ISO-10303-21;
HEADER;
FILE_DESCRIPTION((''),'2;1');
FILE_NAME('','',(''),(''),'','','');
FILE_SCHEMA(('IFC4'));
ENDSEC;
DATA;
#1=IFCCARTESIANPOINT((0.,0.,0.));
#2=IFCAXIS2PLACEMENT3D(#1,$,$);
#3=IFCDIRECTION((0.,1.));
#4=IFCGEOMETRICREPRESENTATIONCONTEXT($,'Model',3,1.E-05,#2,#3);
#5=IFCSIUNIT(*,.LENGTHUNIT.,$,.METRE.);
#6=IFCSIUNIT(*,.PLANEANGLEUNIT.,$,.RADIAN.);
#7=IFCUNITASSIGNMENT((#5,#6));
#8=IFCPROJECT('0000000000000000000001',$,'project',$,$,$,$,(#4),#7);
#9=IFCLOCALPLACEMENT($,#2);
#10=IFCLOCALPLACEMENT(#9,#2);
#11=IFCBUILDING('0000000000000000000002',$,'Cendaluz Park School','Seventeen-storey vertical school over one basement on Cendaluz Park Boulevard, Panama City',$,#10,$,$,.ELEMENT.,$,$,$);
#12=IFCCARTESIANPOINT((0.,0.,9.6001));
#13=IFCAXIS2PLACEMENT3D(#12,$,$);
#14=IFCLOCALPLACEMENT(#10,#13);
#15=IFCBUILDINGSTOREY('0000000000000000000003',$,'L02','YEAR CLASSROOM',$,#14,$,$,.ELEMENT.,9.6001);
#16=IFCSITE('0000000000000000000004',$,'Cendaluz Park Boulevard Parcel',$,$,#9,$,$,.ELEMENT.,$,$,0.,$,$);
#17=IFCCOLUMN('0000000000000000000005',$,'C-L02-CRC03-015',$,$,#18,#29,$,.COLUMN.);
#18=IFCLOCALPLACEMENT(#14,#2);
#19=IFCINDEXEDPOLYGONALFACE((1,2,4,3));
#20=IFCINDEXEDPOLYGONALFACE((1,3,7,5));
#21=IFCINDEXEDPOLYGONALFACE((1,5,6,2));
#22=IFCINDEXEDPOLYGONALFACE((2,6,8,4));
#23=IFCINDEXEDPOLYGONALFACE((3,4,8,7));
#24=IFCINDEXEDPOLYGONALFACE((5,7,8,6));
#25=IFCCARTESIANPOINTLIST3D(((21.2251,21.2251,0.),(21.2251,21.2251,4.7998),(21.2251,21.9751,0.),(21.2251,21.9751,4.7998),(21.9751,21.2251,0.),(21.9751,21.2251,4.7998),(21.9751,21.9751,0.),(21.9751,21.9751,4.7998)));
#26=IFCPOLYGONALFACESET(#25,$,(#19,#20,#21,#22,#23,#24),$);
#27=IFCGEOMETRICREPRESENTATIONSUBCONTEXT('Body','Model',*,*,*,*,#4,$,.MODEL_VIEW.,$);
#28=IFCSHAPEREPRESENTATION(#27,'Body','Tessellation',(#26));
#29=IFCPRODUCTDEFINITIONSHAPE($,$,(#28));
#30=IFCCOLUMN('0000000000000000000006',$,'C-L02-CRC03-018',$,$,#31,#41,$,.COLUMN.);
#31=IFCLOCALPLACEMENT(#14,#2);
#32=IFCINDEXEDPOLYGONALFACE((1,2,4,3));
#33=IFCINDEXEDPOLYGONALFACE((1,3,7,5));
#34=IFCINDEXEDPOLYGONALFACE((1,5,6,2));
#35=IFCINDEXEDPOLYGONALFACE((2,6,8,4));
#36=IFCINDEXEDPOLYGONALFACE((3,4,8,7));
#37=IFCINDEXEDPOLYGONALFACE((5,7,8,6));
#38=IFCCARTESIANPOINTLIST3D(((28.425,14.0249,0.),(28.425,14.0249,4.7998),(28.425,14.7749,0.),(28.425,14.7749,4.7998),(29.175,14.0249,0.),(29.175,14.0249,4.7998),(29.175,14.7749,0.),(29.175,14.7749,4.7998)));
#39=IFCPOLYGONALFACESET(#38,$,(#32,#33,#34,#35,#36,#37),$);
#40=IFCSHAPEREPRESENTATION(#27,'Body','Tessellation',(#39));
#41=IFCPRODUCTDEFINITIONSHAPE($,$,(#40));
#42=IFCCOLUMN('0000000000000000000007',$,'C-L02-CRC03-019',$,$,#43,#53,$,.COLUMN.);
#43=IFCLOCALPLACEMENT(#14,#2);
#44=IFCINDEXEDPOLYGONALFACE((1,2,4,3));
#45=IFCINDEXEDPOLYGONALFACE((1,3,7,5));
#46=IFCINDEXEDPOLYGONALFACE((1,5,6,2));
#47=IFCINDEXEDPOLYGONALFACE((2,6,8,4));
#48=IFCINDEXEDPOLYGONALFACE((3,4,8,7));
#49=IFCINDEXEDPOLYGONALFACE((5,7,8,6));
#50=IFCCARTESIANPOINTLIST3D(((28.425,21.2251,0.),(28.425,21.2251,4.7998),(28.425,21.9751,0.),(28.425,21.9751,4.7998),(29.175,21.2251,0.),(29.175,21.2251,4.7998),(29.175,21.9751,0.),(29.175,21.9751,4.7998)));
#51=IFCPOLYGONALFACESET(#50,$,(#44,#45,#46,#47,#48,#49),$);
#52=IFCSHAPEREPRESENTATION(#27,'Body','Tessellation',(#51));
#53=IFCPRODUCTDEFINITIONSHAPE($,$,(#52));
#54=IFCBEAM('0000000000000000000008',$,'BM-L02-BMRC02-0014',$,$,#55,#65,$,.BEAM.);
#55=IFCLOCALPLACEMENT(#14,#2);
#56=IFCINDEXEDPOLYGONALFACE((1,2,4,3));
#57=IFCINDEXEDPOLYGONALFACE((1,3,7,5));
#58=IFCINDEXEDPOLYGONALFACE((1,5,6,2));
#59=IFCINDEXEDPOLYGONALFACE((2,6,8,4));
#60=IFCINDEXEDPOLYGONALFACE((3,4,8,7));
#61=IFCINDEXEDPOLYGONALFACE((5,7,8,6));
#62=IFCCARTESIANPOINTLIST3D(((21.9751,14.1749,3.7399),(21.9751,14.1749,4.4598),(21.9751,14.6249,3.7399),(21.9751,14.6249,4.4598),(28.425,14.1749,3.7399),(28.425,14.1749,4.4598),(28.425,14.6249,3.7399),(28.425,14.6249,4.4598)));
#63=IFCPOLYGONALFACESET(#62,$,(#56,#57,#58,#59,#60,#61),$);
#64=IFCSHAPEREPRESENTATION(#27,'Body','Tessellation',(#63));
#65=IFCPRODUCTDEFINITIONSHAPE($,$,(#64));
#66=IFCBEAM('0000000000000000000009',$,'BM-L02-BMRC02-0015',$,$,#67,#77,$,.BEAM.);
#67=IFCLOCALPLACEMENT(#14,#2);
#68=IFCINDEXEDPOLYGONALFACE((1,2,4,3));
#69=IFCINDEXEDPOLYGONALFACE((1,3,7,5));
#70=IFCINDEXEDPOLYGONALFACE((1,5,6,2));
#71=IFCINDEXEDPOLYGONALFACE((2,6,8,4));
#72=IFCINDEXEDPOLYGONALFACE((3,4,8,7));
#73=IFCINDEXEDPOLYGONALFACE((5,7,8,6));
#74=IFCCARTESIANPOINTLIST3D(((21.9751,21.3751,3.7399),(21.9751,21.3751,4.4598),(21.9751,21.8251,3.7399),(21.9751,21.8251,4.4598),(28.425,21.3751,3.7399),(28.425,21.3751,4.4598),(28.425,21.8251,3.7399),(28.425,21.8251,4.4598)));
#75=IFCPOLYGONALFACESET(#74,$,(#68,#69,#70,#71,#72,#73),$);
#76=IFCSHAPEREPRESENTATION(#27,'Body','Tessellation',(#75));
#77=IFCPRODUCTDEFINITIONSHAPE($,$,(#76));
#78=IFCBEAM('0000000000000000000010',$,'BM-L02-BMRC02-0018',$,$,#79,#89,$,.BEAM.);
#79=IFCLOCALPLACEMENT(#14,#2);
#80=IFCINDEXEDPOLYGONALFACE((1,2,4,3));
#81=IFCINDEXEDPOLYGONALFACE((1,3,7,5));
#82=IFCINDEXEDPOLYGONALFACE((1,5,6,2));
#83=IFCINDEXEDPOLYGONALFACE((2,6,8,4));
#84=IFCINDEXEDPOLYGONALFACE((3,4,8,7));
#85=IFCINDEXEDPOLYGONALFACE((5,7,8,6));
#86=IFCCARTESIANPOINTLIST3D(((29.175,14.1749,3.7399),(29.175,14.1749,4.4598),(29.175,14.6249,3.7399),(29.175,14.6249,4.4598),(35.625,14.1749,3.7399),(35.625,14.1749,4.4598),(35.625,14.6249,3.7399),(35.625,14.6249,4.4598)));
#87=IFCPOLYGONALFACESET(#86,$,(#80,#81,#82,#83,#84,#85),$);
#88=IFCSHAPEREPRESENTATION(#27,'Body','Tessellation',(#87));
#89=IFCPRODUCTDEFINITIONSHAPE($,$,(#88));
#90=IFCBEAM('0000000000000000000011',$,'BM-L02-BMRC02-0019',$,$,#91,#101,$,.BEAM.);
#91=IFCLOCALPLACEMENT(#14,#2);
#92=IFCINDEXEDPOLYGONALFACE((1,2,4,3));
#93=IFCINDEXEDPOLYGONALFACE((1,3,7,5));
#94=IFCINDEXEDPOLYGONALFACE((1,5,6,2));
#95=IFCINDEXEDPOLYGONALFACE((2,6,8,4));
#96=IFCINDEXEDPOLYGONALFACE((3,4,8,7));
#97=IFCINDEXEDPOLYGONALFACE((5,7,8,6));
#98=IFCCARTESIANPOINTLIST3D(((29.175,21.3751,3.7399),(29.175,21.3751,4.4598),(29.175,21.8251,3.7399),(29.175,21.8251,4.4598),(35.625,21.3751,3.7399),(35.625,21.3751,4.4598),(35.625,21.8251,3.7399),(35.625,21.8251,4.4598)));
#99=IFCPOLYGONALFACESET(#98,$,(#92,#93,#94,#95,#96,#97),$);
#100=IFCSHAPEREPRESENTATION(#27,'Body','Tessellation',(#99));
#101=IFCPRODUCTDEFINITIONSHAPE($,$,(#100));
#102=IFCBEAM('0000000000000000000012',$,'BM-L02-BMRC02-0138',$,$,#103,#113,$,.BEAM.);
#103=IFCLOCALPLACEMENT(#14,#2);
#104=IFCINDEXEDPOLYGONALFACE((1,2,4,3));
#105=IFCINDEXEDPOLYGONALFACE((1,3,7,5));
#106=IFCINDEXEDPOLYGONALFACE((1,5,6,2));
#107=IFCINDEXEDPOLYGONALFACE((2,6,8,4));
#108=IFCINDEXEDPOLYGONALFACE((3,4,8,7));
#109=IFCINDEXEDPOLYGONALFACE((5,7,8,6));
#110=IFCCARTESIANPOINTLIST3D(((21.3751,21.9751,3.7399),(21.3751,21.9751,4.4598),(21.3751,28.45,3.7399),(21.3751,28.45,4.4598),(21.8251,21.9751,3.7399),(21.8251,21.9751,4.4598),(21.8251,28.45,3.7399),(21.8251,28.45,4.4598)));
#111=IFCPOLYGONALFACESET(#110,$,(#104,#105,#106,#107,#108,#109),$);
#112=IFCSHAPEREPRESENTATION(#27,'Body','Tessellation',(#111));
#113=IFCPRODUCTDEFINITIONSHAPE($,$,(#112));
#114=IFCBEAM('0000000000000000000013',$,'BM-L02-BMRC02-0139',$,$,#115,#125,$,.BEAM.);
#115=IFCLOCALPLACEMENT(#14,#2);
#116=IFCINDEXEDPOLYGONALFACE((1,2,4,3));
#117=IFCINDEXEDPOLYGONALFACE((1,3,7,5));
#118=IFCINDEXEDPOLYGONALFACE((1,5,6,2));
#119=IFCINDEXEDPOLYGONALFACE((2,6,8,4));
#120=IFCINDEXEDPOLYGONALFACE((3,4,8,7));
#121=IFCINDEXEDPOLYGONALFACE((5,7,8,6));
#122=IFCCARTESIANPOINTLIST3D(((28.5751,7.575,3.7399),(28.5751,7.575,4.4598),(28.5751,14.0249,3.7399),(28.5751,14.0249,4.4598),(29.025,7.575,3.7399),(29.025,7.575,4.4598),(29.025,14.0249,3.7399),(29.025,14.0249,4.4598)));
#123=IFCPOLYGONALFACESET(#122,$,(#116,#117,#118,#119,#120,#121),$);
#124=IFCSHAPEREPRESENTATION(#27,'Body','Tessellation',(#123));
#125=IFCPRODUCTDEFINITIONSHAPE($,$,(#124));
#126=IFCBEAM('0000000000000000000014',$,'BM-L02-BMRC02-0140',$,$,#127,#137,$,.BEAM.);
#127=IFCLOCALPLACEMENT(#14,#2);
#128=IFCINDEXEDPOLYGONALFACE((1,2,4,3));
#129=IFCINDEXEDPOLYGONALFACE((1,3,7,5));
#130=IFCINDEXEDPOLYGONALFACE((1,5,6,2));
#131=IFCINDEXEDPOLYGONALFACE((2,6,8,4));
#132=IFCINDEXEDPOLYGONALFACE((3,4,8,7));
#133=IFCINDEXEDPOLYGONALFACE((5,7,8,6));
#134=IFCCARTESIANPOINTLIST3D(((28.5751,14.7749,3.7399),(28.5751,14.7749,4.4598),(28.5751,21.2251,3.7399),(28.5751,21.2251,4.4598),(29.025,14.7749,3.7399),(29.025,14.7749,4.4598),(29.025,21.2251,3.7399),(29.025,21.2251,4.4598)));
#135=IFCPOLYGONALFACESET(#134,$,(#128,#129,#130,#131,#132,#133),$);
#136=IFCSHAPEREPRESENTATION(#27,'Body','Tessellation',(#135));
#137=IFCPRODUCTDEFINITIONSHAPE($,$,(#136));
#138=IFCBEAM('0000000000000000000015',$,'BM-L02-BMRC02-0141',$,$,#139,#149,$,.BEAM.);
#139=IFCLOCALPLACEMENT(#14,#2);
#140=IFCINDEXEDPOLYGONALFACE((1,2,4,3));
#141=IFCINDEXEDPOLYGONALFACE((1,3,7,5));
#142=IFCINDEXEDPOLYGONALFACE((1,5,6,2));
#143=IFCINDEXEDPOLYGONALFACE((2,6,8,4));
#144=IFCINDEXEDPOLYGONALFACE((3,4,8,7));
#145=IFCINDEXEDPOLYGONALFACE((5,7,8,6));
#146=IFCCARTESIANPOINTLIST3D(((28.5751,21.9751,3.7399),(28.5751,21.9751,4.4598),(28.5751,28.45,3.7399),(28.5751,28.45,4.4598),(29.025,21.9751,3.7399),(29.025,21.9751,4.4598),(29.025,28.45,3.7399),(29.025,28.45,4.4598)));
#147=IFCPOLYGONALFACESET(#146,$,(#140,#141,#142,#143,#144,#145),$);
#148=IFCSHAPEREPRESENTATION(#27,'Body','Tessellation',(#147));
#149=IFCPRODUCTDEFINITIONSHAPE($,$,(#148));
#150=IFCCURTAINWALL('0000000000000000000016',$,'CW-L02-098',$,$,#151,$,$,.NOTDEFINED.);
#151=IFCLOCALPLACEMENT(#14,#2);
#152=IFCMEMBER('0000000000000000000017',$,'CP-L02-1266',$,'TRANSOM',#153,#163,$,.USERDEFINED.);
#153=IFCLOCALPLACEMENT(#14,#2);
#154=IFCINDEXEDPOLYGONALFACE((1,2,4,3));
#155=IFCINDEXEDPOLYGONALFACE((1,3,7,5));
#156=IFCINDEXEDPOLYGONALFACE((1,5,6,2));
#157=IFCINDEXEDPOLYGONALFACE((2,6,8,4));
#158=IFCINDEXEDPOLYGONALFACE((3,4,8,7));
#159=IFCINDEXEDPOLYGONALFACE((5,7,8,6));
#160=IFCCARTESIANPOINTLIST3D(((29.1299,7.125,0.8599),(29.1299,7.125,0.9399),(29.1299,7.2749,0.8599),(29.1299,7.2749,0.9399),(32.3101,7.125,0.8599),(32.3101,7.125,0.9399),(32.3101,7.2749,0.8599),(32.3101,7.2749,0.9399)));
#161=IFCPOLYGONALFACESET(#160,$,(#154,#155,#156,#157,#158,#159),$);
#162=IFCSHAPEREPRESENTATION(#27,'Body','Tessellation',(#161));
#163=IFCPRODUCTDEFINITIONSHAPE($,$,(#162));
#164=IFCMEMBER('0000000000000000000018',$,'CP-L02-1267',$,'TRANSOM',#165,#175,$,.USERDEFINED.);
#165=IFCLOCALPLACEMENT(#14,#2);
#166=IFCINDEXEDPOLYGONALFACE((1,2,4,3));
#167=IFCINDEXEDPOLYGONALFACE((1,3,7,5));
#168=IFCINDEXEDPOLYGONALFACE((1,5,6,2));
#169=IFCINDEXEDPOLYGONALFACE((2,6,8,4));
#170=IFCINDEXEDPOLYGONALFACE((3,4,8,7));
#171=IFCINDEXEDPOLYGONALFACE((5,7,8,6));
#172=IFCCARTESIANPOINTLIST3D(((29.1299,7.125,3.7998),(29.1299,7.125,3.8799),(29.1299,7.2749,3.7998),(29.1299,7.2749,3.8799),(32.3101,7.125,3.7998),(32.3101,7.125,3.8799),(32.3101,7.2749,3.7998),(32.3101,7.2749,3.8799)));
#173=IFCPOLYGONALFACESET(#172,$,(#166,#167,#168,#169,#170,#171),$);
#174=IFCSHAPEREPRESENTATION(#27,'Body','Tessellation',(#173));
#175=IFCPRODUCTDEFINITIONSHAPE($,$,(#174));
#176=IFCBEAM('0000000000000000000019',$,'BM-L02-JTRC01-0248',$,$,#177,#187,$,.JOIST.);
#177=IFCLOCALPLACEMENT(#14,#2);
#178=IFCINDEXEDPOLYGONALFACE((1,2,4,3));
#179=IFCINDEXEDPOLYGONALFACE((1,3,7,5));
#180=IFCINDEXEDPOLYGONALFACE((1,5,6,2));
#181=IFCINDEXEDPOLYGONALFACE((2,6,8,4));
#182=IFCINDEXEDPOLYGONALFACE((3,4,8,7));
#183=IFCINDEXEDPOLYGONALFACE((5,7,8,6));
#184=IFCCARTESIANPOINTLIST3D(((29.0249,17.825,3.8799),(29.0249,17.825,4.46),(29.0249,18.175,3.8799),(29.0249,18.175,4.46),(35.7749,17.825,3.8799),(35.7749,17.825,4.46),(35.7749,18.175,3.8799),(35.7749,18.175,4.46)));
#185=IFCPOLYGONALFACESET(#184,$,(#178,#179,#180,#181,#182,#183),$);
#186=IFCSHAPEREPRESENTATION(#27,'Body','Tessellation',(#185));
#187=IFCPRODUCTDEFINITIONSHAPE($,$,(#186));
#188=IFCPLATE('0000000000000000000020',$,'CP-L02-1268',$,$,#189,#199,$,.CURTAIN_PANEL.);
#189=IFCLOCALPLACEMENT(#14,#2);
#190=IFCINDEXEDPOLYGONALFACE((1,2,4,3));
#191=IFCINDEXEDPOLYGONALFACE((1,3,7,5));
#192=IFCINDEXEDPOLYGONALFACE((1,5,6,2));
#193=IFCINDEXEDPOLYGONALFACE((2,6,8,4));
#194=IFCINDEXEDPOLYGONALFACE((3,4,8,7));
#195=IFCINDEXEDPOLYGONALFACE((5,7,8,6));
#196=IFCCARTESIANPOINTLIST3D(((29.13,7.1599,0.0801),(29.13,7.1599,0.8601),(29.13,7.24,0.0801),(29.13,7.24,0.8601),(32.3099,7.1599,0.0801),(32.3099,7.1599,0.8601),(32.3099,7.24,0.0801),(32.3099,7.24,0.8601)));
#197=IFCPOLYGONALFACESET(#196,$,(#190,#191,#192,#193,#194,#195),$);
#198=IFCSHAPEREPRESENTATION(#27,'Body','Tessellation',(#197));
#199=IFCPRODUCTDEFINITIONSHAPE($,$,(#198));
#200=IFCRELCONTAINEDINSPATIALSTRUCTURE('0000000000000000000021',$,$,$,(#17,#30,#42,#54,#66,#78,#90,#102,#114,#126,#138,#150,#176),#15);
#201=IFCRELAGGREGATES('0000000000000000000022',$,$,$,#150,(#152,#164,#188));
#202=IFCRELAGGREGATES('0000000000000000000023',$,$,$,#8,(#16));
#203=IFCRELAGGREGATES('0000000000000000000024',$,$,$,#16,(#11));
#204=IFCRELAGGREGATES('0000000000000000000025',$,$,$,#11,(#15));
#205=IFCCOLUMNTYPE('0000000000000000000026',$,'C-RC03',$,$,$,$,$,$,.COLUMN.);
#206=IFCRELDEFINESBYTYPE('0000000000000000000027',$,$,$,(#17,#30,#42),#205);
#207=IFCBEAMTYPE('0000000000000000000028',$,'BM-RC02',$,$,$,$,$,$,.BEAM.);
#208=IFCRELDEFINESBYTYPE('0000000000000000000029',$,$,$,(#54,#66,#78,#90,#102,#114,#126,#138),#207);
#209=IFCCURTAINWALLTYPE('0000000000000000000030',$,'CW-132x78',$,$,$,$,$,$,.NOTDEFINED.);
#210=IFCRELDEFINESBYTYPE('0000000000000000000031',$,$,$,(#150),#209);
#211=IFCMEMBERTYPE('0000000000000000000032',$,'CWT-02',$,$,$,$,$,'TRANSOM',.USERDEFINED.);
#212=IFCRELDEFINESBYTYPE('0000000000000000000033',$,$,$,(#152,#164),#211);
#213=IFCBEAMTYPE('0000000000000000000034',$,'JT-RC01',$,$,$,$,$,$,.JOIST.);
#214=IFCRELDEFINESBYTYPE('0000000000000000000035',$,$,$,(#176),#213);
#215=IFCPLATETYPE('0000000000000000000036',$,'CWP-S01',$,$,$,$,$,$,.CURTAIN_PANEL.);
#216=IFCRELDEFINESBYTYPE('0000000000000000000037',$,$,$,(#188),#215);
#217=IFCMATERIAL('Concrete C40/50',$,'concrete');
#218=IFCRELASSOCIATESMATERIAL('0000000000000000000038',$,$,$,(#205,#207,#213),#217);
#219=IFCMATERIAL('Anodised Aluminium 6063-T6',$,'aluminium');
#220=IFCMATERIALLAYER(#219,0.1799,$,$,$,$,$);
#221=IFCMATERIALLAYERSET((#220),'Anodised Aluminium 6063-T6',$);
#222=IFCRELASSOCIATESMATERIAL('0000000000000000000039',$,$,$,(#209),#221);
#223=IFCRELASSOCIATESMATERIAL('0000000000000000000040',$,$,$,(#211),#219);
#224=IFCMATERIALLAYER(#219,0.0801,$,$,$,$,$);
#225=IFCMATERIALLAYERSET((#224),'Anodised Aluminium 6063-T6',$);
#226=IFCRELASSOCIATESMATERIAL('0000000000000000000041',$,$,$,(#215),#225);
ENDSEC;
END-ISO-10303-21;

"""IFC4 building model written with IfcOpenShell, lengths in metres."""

from ifc_helpers import new_model, si_unit, direction, frame, origin, origin_2d, place, context, subcontext, project, spatial, rectangle, extrude, material, layer, layer_set, material_profile, profile_set, type_object, element, aggregate, save


model = new_model("IFC4")

# Units and contexts
model_context = context("Model", 3, precision=1e-05, world=origin(), true_north=direction((0.0, 1.0)))
body_context = subcontext(model_context, "Body", "Model", "MODEL_VIEW")
ifc_project = project(units=[si_unit("LENGTHUNIT", "METRE"), si_unit("PLANEANGLEUNIT", "RADIAN")], contexts=[model_context])

# Site, building, storey
site_placement = place(None, origin())
site = spatial("IfcSite", under=ifc_project, at=site_placement, Name="Cendaluz Park Boulevard Parcel", CompositionType="ELEMENT", RefElevation=0.0)
building_placement = place(site_placement, origin())
building = spatial("IfcBuilding", under=site, at=building_placement, Name="Cendaluz Park School", Description="Seventeen-storey vertical school over one basement on Cendaluz Park Boulevard, Panama City", CompositionType="ELEMENT")
storey_placement = place(building_placement, frame((0.0, 0.0, 9.6001)))
storey = spatial("IfcBuildingStorey", under=building, at=storey_placement, Name="L02", Description="YEAR CLASSROOM", CompositionType="ELEMENT", Elevation=9.6001)

# Columns
ifc_material_1 = material(Name="Concrete C40/50", Category="concrete")
ifc_material_profile_1 = material_profile(ifc_material_1, rectangle(XDim=0.75, YDim=0.75, at=origin_2d()), Name="RC 750x750", Category="concrete")
ifc_profile_set_1 = profile_set([ifc_material_profile_1], Name="Concrete C40/50")
column_type = type_object("IfcColumnType", Name="C-RC03", PredefinedType="COLUMN", material=ifc_profile_set_1)
for number, where, z_axis, x_axis, name in (
    (1, (21.6001, 21.6001, 0.0), (0.0, 0.0, 1.0), (1.0, 0.0, 0.0), "C-L02-CRC03-015"),
    (2, (28.8, 14.3999, 0.0), (0.0, 0.0, 1.0), (1.0, 0.0, 0.0), "C-L02-CRC03-018"),
    (3, (28.8, 21.6001, 0.0), (0.0, 0.0, 1.0), (1.0, 0.0, 0.0), "C-L02-CRC03-019"),
):
    element("IfcColumn", number, at=place(storey_placement, frame(where, z_axis=z_axis, x_axis=x_axis)), inside=storey, type_object=column_type, Name=name, PredefinedType="COLUMN", context=body_context, shape_type="SweptSolid", body=[
        extrude(rectangle(XDim=0.75, YDim=0.75, at=origin_2d()), origin(), (0.0, 0.0, 1.0), 4.7998),
    ])

# Beams
ifc_material_profile_2 = material_profile(ifc_material_1, rectangle(XDim=0.45, YDim=0.72, at=origin_2d()), Name="RC 450x720", Category="concrete")
ifc_profile_set_2 = profile_set([ifc_material_profile_2], Name="Concrete C40/50")
beam_type_1 = type_object("IfcBeamType", Name="BM-RC02", PredefinedType="BEAM", material=ifc_profile_set_2)
for number, where, z_axis, x_axis, name in (
    (4, (21.9751, 14.3999, 4.0999), (1.0, 0.0, 0.0), (0.0, 1.0, 0.0), "BM-L02-BMRC02-0014"),
    (5, (21.9751, 21.6001, 4.0999), (1.0, 0.0, 0.0), (0.0, 1.0, 0.0), "BM-L02-BMRC02-0015"),
    (6, (29.175, 14.3999, 4.0999), (1.0, 0.0, 0.0), (0.0, 1.0, 0.0), "BM-L02-BMRC02-0018"),
    (7, (29.175, 21.6001, 4.0999), (1.0, 0.0, 0.0), (0.0, 1.0, 0.0), "BM-L02-BMRC02-0019"),
):
    element("IfcBeam", number, at=place(storey_placement, frame(where, z_axis=z_axis, x_axis=x_axis)), inside=storey, type_object=beam_type_1, Name=name, PredefinedType="BEAM", context=body_context, shape_type="SweptSolid", body=[
        extrude(rectangle(XDim=0.45, YDim=0.72, at=origin_2d()), origin(), (0.0, 0.0, 1.0), 6.45),
    ])
beam_1_placement = place(storey_placement, frame((21.6001, 21.9751, 4.0999), z_axis=(0.0, 1.0, 0.0), x_axis=(-1.0, 0.0, 0.0)))
element("IfcBeam", 8, at=beam_1_placement, inside=storey, type_object=beam_type_1, Name="BM-L02-BMRC02-0138", PredefinedType="BEAM", context=body_context, shape_type="SweptSolid", body=[
    extrude(rectangle(XDim=0.45, YDim=0.72, at=origin_2d()), origin(), (0.0, 0.0, 1.0), 6.4749),
])
beam_2_placement = place(storey_placement, frame((28.8, 7.575, 4.0999), z_axis=(0.0, 1.0, 0.0), x_axis=(-1.0, 0.0, 0.0)))
element("IfcBeam", 9, at=beam_2_placement, inside=storey, type_object=beam_type_1, Name="BM-L02-BMRC02-0139", PredefinedType="BEAM", context=body_context, shape_type="SweptSolid", body=[
    extrude(rectangle(XDim=0.45, YDim=0.72, at=origin_2d()), origin(), (0.0, 0.0, 1.0), 6.45),
])
beam_3_placement = place(storey_placement, frame((28.8, 14.7749, 4.0999), z_axis=(0.0, 1.0, 0.0), x_axis=(-1.0, 0.0, 0.0)))
element("IfcBeam", 10, at=beam_3_placement, inside=storey, type_object=beam_type_1, Name="BM-L02-BMRC02-0140", PredefinedType="BEAM", context=body_context, shape_type="SweptSolid", body=[
    extrude(rectangle(XDim=0.45, YDim=0.72, at=origin_2d()), origin(), (0.0, 0.0, 1.0), 6.4502),
])
beam_4_placement = place(storey_placement, frame((28.8, 21.9751, 4.0999), z_axis=(0.0, 1.0, 0.0), x_axis=(-1.0, 0.0, 0.0)))
element("IfcBeam", 11, at=beam_4_placement, inside=storey, type_object=beam_type_1, Name="BM-L02-BMRC02-0141", PredefinedType="BEAM", context=body_context, shape_type="SweptSolid", body=[
    extrude(rectangle(XDim=0.45, YDim=0.72, at=origin_2d()), origin(), (0.0, 0.0, 1.0), 6.4749),
])

# Curtain wall, members
ifc_material_2 = material(Name="Anodised Aluminium 6063-T6", Category="aluminium")
ifc_layer_1 = layer(ifc_material_2, 0.1799)
ifc_layer_set_1 = layer_set([ifc_layer_1], Name="Anodised Aluminium 6063-T6")
curtain_wall_type = type_object("IfcCurtainWallType", Name="CW-132x78", PredefinedType="NOTDEFINED", material=ifc_layer_set_1)
curtain_wall_placement = place(storey_placement, origin())
curtain_wall = element("IfcCurtainWall", 12, at=curtain_wall_placement, inside=storey, type_object=curtain_wall_type, Name="CW-L02-098", PredefinedType="NOTDEFINED")
ifc_material_profile_3 = material_profile(ifc_material_2, rectangle(XDim=0.1499, YDim=0.0801, at=origin_2d()), Name="CWT 150x80", Category="aluminium")
ifc_profile_set_3 = profile_set([ifc_material_profile_3], Name="Anodised Aluminium 6063-T6")
member_type = type_object("IfcMemberType", Name="CWT-02", ElementType="TRANSOM", PredefinedType="USERDEFINED", material=ifc_profile_set_3)
member_1_placement = place(storey_placement, frame((29.1299, 7.2, 0.8999), z_axis=(1.0, 0.0, 0.0), x_axis=(0.0, 1.0, 0.0)))
member_1 = element("IfcMember", 13, at=member_1_placement, type_object=member_type, Name="CP-L02-1266", ObjectType="TRANSOM", PredefinedType="USERDEFINED", context=body_context, shape_type="SweptSolid", body=[
    extrude(rectangle(XDim=0.1499, YDim=0.0801, at=origin_2d()), origin(), (0.0, 0.0, 1.0), 3.1802),
])
member_2_placement = place(storey_placement, frame((29.1299, 7.2, 3.8398), z_axis=(1.0, 0.0, 0.0), x_axis=(0.0, 1.0, 0.0)))
member_2 = element("IfcMember", 14, at=member_2_placement, type_object=member_type, Name="CP-L02-1267", ObjectType="TRANSOM", PredefinedType="USERDEFINED", context=body_context, shape_type="SweptSolid", body=[
    extrude(rectangle(XDim=0.1499, YDim=0.0801, at=origin_2d()), origin(), (0.0, 0.0, 1.0), 3.1802),
])

# Beam
ifc_material_profile_4 = material_profile(ifc_material_1, rectangle(XDim=0.3501, YDim=0.5801, at=origin_2d()), Name="RC 350x580", Category="concrete")
ifc_profile_set_4 = profile_set([ifc_material_profile_4], Name="Concrete C40/50")
beam_type_2 = type_object("IfcBeamType", Name="JT-RC01", PredefinedType="JOIST", material=ifc_profile_set_4)
beam_5_placement = place(storey_placement, frame((29.0249, 18.0, 4.1699), z_axis=(1.0, 0.0, 0.0), x_axis=(0.0, 1.0, 0.0)))
element("IfcBeam", 15, at=beam_5_placement, inside=storey, type_object=beam_type_2, Name="BM-L02-JTRC01-0248", PredefinedType="JOIST", context=body_context, shape_type="SweptSolid", body=[
    extrude(rectangle(XDim=0.3501, YDim=0.5801, at=origin_2d()), origin(), (0.0, 0.0, 1.0), 6.75),
])

# Plate
ifc_layer_2 = layer(ifc_material_2, 0.0801)
ifc_layer_set_2 = layer_set([ifc_layer_2], Name="Anodised Aluminium 6063-T6")
plate_type = type_object("IfcPlateType", Name="CWP-S01", PredefinedType="CURTAIN_PANEL", material=ifc_layer_set_2)
plate_placement = place(storey_placement, frame((30.72, 7.2, 0.0801), z_axis=(0.0, 0.0, 1.0), x_axis=(1.0, 0.0, 0.0)))
plate = element("IfcPlate", 16, at=plate_placement, type_object=plate_type, Name="CP-L02-1268", PredefinedType="CURTAIN_PANEL", context=body_context, shape_type="SweptSolid", body=[
    extrude(rectangle(XDim=3.1799, YDim=0.0801, at=origin_2d()), origin(), (0.0, 0.0, 1.0), 0.78),
])
aggregate(curtain_wall, [member_1, member_2, plate])

save(model, "model.ifc")
